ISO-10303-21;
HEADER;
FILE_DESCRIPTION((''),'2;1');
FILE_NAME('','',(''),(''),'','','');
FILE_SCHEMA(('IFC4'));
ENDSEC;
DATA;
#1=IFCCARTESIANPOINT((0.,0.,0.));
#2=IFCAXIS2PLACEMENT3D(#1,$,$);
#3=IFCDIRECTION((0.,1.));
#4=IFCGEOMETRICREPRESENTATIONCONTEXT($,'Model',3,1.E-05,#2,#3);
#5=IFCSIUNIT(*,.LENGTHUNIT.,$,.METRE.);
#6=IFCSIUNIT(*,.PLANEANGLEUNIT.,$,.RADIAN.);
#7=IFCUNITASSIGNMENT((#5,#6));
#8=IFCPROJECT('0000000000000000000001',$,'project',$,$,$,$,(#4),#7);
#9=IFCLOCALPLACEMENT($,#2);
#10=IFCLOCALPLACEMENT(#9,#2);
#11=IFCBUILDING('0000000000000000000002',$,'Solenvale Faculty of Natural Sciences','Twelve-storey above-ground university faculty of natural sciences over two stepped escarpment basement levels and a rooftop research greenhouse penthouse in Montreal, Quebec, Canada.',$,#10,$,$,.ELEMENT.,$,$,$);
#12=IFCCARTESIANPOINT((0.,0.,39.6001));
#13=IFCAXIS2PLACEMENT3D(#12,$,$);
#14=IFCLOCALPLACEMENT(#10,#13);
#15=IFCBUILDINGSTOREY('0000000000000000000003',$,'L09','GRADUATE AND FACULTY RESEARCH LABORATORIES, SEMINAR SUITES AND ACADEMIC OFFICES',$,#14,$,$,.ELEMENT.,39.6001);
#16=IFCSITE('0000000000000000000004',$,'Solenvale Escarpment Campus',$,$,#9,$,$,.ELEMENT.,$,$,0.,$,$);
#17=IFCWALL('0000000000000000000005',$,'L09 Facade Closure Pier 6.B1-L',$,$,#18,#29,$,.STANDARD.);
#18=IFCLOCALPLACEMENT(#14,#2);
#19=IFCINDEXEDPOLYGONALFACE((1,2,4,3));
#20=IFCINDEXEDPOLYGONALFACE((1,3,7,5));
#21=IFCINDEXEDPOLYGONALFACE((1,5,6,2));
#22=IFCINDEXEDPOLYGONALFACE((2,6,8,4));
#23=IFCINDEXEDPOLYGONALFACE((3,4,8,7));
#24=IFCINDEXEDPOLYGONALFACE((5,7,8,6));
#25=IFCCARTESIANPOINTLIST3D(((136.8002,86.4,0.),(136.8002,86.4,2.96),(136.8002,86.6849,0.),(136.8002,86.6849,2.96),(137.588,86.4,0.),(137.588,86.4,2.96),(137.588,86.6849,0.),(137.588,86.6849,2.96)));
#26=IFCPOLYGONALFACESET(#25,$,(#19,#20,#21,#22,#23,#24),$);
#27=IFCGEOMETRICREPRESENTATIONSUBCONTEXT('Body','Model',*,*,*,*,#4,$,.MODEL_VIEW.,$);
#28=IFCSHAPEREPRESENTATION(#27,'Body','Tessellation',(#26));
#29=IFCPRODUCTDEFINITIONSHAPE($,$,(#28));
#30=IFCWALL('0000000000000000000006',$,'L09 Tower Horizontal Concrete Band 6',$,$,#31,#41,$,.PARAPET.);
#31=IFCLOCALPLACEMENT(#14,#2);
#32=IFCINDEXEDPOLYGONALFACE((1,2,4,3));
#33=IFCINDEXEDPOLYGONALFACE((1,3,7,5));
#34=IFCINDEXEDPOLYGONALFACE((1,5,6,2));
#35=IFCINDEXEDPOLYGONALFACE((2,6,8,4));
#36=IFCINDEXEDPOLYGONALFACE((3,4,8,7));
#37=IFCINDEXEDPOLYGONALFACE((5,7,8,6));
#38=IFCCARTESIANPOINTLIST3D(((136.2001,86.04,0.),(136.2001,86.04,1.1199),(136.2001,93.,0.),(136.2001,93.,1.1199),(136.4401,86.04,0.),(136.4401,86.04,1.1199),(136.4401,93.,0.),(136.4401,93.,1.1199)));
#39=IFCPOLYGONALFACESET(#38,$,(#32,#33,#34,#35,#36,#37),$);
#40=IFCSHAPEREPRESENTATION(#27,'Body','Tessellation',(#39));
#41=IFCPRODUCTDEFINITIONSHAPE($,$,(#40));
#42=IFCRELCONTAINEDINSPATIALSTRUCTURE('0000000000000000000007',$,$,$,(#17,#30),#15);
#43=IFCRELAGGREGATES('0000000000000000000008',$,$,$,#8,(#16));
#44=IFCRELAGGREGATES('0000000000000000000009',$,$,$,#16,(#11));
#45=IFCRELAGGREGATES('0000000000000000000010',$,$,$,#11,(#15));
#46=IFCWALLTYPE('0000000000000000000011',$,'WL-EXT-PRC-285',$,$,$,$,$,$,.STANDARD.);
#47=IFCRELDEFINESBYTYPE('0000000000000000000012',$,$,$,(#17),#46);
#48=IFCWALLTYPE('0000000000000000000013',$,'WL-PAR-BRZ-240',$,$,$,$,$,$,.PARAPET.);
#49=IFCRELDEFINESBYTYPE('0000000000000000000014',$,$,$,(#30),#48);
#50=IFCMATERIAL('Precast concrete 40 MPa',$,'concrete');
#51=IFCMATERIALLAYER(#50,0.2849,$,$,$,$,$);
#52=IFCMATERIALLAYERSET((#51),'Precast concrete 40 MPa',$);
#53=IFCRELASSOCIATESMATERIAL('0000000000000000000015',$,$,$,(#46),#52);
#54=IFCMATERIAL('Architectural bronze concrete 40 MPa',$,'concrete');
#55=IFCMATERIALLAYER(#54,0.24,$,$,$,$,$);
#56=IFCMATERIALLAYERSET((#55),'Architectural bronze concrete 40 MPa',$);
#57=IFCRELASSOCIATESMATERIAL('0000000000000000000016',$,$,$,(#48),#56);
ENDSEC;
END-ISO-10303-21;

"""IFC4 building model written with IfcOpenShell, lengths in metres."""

from ifc_helpers import new_model, si_unit, direction, frame, frame_2d, origin, place, context, subcontext, project, spatial, rectangle, extrude, material, layer, layer_set, type_object, element, save


model = new_model("IFC4")

# Units and contexts
model_context = context("Model", 3, precision=1e-05, world=origin(), true_north=direction((0.0, 1.0)))
body_context = subcontext(model_context, "Body", "Model", "MODEL_VIEW")
ifc_project = project(units=[si_unit("LENGTHUNIT", "METRE"), si_unit("PLANEANGLEUNIT", "RADIAN")], contexts=[model_context])

# Site, building, storey
site_placement = place(None, origin())
site = spatial("IfcSite", under=ifc_project, at=site_placement, Name="Solenvale Escarpment Campus", CompositionType="ELEMENT", RefElevation=0.0)
building_placement = place(site_placement, origin())
building = spatial("IfcBuilding", under=site, at=building_placement, Name="Solenvale Faculty of Natural Sciences", Description="Twelve-storey above-ground university faculty of natural sciences over two stepped escarpment basement levels and a rooftop research greenhouse penthouse in Montreal, Quebec, Canada.", CompositionType="ELEMENT")
storey_placement = place(building_placement, frame((0.0, 0.0, 39.6001)))
storey = spatial("IfcBuildingStorey", under=building, at=storey_placement, Name="L09", Description="GRADUATE AND FACULTY RESEARCH LABORATORIES, SEMINAR SUITES AND ACADEMIC OFFICES", CompositionType="ELEMENT", Elevation=39.6001)

# Walls
ifc_material_1 = material(Name="Precast concrete 40 MPa", Category="concrete")
ifc_layer_1 = layer(ifc_material_1, 0.2849)
ifc_layer_set_1 = layer_set([ifc_layer_1], Name="Precast concrete 40 MPa")
wall_type_1 = type_object("IfcWallType", Name="WL-EXT-PRC-285", PredefinedType="STANDARD", material=ifc_layer_set_1)
wall_1_placement = place(storey_placement, frame((136.8, 86.5425, 0.0), z_axis=(0.0, 0.0, 1.0), x_axis=(1.0, 0.0, 0.0)))
element("IfcWall", 1, at=wall_1_placement, inside=storey, type_object=wall_type_1, Name="L09 Facade Closure Pier 6.B1-L", PredefinedType="STANDARD", context=body_context, shape_type="SweptSolid", body=[
    extrude(rectangle(XDim=0.7878, YDim=0.2849, at=frame_2d((0.394, 0.0))), origin(), (0.0, 0.0, 1.0), 2.96),
])
ifc_material_2 = material(Name="Architectural bronze concrete 40 MPa", Category="concrete")
ifc_layer_2 = layer(ifc_material_2, 0.24)
ifc_layer_set_2 = layer_set([ifc_layer_2], Name="Architectural bronze concrete 40 MPa")
wall_type_2 = type_object("IfcWallType", Name="WL-PAR-BRZ-240", PredefinedType="PARAPET", material=ifc_layer_set_2)
wall_2_placement = place(storey_placement, frame((136.3201, 86.04, 0.0), z_axis=(0.0, 0.0, 1.0), x_axis=(0.0, 1.0, 0.0)))
element("IfcWall", 2, at=wall_2_placement, inside=storey, type_object=wall_type_2, Name="L09 Tower Horizontal Concrete Band 6", PredefinedType="PARAPET", context=body_context, shape_type="SweptSolid", body=[
    extrude(rectangle(XDim=6.96, YDim=0.24, at=frame_2d((3.48, 0.0))), origin(), (0.0, 0.0, 1.0), 1.1199),
])

save(model, "model.ifc")
